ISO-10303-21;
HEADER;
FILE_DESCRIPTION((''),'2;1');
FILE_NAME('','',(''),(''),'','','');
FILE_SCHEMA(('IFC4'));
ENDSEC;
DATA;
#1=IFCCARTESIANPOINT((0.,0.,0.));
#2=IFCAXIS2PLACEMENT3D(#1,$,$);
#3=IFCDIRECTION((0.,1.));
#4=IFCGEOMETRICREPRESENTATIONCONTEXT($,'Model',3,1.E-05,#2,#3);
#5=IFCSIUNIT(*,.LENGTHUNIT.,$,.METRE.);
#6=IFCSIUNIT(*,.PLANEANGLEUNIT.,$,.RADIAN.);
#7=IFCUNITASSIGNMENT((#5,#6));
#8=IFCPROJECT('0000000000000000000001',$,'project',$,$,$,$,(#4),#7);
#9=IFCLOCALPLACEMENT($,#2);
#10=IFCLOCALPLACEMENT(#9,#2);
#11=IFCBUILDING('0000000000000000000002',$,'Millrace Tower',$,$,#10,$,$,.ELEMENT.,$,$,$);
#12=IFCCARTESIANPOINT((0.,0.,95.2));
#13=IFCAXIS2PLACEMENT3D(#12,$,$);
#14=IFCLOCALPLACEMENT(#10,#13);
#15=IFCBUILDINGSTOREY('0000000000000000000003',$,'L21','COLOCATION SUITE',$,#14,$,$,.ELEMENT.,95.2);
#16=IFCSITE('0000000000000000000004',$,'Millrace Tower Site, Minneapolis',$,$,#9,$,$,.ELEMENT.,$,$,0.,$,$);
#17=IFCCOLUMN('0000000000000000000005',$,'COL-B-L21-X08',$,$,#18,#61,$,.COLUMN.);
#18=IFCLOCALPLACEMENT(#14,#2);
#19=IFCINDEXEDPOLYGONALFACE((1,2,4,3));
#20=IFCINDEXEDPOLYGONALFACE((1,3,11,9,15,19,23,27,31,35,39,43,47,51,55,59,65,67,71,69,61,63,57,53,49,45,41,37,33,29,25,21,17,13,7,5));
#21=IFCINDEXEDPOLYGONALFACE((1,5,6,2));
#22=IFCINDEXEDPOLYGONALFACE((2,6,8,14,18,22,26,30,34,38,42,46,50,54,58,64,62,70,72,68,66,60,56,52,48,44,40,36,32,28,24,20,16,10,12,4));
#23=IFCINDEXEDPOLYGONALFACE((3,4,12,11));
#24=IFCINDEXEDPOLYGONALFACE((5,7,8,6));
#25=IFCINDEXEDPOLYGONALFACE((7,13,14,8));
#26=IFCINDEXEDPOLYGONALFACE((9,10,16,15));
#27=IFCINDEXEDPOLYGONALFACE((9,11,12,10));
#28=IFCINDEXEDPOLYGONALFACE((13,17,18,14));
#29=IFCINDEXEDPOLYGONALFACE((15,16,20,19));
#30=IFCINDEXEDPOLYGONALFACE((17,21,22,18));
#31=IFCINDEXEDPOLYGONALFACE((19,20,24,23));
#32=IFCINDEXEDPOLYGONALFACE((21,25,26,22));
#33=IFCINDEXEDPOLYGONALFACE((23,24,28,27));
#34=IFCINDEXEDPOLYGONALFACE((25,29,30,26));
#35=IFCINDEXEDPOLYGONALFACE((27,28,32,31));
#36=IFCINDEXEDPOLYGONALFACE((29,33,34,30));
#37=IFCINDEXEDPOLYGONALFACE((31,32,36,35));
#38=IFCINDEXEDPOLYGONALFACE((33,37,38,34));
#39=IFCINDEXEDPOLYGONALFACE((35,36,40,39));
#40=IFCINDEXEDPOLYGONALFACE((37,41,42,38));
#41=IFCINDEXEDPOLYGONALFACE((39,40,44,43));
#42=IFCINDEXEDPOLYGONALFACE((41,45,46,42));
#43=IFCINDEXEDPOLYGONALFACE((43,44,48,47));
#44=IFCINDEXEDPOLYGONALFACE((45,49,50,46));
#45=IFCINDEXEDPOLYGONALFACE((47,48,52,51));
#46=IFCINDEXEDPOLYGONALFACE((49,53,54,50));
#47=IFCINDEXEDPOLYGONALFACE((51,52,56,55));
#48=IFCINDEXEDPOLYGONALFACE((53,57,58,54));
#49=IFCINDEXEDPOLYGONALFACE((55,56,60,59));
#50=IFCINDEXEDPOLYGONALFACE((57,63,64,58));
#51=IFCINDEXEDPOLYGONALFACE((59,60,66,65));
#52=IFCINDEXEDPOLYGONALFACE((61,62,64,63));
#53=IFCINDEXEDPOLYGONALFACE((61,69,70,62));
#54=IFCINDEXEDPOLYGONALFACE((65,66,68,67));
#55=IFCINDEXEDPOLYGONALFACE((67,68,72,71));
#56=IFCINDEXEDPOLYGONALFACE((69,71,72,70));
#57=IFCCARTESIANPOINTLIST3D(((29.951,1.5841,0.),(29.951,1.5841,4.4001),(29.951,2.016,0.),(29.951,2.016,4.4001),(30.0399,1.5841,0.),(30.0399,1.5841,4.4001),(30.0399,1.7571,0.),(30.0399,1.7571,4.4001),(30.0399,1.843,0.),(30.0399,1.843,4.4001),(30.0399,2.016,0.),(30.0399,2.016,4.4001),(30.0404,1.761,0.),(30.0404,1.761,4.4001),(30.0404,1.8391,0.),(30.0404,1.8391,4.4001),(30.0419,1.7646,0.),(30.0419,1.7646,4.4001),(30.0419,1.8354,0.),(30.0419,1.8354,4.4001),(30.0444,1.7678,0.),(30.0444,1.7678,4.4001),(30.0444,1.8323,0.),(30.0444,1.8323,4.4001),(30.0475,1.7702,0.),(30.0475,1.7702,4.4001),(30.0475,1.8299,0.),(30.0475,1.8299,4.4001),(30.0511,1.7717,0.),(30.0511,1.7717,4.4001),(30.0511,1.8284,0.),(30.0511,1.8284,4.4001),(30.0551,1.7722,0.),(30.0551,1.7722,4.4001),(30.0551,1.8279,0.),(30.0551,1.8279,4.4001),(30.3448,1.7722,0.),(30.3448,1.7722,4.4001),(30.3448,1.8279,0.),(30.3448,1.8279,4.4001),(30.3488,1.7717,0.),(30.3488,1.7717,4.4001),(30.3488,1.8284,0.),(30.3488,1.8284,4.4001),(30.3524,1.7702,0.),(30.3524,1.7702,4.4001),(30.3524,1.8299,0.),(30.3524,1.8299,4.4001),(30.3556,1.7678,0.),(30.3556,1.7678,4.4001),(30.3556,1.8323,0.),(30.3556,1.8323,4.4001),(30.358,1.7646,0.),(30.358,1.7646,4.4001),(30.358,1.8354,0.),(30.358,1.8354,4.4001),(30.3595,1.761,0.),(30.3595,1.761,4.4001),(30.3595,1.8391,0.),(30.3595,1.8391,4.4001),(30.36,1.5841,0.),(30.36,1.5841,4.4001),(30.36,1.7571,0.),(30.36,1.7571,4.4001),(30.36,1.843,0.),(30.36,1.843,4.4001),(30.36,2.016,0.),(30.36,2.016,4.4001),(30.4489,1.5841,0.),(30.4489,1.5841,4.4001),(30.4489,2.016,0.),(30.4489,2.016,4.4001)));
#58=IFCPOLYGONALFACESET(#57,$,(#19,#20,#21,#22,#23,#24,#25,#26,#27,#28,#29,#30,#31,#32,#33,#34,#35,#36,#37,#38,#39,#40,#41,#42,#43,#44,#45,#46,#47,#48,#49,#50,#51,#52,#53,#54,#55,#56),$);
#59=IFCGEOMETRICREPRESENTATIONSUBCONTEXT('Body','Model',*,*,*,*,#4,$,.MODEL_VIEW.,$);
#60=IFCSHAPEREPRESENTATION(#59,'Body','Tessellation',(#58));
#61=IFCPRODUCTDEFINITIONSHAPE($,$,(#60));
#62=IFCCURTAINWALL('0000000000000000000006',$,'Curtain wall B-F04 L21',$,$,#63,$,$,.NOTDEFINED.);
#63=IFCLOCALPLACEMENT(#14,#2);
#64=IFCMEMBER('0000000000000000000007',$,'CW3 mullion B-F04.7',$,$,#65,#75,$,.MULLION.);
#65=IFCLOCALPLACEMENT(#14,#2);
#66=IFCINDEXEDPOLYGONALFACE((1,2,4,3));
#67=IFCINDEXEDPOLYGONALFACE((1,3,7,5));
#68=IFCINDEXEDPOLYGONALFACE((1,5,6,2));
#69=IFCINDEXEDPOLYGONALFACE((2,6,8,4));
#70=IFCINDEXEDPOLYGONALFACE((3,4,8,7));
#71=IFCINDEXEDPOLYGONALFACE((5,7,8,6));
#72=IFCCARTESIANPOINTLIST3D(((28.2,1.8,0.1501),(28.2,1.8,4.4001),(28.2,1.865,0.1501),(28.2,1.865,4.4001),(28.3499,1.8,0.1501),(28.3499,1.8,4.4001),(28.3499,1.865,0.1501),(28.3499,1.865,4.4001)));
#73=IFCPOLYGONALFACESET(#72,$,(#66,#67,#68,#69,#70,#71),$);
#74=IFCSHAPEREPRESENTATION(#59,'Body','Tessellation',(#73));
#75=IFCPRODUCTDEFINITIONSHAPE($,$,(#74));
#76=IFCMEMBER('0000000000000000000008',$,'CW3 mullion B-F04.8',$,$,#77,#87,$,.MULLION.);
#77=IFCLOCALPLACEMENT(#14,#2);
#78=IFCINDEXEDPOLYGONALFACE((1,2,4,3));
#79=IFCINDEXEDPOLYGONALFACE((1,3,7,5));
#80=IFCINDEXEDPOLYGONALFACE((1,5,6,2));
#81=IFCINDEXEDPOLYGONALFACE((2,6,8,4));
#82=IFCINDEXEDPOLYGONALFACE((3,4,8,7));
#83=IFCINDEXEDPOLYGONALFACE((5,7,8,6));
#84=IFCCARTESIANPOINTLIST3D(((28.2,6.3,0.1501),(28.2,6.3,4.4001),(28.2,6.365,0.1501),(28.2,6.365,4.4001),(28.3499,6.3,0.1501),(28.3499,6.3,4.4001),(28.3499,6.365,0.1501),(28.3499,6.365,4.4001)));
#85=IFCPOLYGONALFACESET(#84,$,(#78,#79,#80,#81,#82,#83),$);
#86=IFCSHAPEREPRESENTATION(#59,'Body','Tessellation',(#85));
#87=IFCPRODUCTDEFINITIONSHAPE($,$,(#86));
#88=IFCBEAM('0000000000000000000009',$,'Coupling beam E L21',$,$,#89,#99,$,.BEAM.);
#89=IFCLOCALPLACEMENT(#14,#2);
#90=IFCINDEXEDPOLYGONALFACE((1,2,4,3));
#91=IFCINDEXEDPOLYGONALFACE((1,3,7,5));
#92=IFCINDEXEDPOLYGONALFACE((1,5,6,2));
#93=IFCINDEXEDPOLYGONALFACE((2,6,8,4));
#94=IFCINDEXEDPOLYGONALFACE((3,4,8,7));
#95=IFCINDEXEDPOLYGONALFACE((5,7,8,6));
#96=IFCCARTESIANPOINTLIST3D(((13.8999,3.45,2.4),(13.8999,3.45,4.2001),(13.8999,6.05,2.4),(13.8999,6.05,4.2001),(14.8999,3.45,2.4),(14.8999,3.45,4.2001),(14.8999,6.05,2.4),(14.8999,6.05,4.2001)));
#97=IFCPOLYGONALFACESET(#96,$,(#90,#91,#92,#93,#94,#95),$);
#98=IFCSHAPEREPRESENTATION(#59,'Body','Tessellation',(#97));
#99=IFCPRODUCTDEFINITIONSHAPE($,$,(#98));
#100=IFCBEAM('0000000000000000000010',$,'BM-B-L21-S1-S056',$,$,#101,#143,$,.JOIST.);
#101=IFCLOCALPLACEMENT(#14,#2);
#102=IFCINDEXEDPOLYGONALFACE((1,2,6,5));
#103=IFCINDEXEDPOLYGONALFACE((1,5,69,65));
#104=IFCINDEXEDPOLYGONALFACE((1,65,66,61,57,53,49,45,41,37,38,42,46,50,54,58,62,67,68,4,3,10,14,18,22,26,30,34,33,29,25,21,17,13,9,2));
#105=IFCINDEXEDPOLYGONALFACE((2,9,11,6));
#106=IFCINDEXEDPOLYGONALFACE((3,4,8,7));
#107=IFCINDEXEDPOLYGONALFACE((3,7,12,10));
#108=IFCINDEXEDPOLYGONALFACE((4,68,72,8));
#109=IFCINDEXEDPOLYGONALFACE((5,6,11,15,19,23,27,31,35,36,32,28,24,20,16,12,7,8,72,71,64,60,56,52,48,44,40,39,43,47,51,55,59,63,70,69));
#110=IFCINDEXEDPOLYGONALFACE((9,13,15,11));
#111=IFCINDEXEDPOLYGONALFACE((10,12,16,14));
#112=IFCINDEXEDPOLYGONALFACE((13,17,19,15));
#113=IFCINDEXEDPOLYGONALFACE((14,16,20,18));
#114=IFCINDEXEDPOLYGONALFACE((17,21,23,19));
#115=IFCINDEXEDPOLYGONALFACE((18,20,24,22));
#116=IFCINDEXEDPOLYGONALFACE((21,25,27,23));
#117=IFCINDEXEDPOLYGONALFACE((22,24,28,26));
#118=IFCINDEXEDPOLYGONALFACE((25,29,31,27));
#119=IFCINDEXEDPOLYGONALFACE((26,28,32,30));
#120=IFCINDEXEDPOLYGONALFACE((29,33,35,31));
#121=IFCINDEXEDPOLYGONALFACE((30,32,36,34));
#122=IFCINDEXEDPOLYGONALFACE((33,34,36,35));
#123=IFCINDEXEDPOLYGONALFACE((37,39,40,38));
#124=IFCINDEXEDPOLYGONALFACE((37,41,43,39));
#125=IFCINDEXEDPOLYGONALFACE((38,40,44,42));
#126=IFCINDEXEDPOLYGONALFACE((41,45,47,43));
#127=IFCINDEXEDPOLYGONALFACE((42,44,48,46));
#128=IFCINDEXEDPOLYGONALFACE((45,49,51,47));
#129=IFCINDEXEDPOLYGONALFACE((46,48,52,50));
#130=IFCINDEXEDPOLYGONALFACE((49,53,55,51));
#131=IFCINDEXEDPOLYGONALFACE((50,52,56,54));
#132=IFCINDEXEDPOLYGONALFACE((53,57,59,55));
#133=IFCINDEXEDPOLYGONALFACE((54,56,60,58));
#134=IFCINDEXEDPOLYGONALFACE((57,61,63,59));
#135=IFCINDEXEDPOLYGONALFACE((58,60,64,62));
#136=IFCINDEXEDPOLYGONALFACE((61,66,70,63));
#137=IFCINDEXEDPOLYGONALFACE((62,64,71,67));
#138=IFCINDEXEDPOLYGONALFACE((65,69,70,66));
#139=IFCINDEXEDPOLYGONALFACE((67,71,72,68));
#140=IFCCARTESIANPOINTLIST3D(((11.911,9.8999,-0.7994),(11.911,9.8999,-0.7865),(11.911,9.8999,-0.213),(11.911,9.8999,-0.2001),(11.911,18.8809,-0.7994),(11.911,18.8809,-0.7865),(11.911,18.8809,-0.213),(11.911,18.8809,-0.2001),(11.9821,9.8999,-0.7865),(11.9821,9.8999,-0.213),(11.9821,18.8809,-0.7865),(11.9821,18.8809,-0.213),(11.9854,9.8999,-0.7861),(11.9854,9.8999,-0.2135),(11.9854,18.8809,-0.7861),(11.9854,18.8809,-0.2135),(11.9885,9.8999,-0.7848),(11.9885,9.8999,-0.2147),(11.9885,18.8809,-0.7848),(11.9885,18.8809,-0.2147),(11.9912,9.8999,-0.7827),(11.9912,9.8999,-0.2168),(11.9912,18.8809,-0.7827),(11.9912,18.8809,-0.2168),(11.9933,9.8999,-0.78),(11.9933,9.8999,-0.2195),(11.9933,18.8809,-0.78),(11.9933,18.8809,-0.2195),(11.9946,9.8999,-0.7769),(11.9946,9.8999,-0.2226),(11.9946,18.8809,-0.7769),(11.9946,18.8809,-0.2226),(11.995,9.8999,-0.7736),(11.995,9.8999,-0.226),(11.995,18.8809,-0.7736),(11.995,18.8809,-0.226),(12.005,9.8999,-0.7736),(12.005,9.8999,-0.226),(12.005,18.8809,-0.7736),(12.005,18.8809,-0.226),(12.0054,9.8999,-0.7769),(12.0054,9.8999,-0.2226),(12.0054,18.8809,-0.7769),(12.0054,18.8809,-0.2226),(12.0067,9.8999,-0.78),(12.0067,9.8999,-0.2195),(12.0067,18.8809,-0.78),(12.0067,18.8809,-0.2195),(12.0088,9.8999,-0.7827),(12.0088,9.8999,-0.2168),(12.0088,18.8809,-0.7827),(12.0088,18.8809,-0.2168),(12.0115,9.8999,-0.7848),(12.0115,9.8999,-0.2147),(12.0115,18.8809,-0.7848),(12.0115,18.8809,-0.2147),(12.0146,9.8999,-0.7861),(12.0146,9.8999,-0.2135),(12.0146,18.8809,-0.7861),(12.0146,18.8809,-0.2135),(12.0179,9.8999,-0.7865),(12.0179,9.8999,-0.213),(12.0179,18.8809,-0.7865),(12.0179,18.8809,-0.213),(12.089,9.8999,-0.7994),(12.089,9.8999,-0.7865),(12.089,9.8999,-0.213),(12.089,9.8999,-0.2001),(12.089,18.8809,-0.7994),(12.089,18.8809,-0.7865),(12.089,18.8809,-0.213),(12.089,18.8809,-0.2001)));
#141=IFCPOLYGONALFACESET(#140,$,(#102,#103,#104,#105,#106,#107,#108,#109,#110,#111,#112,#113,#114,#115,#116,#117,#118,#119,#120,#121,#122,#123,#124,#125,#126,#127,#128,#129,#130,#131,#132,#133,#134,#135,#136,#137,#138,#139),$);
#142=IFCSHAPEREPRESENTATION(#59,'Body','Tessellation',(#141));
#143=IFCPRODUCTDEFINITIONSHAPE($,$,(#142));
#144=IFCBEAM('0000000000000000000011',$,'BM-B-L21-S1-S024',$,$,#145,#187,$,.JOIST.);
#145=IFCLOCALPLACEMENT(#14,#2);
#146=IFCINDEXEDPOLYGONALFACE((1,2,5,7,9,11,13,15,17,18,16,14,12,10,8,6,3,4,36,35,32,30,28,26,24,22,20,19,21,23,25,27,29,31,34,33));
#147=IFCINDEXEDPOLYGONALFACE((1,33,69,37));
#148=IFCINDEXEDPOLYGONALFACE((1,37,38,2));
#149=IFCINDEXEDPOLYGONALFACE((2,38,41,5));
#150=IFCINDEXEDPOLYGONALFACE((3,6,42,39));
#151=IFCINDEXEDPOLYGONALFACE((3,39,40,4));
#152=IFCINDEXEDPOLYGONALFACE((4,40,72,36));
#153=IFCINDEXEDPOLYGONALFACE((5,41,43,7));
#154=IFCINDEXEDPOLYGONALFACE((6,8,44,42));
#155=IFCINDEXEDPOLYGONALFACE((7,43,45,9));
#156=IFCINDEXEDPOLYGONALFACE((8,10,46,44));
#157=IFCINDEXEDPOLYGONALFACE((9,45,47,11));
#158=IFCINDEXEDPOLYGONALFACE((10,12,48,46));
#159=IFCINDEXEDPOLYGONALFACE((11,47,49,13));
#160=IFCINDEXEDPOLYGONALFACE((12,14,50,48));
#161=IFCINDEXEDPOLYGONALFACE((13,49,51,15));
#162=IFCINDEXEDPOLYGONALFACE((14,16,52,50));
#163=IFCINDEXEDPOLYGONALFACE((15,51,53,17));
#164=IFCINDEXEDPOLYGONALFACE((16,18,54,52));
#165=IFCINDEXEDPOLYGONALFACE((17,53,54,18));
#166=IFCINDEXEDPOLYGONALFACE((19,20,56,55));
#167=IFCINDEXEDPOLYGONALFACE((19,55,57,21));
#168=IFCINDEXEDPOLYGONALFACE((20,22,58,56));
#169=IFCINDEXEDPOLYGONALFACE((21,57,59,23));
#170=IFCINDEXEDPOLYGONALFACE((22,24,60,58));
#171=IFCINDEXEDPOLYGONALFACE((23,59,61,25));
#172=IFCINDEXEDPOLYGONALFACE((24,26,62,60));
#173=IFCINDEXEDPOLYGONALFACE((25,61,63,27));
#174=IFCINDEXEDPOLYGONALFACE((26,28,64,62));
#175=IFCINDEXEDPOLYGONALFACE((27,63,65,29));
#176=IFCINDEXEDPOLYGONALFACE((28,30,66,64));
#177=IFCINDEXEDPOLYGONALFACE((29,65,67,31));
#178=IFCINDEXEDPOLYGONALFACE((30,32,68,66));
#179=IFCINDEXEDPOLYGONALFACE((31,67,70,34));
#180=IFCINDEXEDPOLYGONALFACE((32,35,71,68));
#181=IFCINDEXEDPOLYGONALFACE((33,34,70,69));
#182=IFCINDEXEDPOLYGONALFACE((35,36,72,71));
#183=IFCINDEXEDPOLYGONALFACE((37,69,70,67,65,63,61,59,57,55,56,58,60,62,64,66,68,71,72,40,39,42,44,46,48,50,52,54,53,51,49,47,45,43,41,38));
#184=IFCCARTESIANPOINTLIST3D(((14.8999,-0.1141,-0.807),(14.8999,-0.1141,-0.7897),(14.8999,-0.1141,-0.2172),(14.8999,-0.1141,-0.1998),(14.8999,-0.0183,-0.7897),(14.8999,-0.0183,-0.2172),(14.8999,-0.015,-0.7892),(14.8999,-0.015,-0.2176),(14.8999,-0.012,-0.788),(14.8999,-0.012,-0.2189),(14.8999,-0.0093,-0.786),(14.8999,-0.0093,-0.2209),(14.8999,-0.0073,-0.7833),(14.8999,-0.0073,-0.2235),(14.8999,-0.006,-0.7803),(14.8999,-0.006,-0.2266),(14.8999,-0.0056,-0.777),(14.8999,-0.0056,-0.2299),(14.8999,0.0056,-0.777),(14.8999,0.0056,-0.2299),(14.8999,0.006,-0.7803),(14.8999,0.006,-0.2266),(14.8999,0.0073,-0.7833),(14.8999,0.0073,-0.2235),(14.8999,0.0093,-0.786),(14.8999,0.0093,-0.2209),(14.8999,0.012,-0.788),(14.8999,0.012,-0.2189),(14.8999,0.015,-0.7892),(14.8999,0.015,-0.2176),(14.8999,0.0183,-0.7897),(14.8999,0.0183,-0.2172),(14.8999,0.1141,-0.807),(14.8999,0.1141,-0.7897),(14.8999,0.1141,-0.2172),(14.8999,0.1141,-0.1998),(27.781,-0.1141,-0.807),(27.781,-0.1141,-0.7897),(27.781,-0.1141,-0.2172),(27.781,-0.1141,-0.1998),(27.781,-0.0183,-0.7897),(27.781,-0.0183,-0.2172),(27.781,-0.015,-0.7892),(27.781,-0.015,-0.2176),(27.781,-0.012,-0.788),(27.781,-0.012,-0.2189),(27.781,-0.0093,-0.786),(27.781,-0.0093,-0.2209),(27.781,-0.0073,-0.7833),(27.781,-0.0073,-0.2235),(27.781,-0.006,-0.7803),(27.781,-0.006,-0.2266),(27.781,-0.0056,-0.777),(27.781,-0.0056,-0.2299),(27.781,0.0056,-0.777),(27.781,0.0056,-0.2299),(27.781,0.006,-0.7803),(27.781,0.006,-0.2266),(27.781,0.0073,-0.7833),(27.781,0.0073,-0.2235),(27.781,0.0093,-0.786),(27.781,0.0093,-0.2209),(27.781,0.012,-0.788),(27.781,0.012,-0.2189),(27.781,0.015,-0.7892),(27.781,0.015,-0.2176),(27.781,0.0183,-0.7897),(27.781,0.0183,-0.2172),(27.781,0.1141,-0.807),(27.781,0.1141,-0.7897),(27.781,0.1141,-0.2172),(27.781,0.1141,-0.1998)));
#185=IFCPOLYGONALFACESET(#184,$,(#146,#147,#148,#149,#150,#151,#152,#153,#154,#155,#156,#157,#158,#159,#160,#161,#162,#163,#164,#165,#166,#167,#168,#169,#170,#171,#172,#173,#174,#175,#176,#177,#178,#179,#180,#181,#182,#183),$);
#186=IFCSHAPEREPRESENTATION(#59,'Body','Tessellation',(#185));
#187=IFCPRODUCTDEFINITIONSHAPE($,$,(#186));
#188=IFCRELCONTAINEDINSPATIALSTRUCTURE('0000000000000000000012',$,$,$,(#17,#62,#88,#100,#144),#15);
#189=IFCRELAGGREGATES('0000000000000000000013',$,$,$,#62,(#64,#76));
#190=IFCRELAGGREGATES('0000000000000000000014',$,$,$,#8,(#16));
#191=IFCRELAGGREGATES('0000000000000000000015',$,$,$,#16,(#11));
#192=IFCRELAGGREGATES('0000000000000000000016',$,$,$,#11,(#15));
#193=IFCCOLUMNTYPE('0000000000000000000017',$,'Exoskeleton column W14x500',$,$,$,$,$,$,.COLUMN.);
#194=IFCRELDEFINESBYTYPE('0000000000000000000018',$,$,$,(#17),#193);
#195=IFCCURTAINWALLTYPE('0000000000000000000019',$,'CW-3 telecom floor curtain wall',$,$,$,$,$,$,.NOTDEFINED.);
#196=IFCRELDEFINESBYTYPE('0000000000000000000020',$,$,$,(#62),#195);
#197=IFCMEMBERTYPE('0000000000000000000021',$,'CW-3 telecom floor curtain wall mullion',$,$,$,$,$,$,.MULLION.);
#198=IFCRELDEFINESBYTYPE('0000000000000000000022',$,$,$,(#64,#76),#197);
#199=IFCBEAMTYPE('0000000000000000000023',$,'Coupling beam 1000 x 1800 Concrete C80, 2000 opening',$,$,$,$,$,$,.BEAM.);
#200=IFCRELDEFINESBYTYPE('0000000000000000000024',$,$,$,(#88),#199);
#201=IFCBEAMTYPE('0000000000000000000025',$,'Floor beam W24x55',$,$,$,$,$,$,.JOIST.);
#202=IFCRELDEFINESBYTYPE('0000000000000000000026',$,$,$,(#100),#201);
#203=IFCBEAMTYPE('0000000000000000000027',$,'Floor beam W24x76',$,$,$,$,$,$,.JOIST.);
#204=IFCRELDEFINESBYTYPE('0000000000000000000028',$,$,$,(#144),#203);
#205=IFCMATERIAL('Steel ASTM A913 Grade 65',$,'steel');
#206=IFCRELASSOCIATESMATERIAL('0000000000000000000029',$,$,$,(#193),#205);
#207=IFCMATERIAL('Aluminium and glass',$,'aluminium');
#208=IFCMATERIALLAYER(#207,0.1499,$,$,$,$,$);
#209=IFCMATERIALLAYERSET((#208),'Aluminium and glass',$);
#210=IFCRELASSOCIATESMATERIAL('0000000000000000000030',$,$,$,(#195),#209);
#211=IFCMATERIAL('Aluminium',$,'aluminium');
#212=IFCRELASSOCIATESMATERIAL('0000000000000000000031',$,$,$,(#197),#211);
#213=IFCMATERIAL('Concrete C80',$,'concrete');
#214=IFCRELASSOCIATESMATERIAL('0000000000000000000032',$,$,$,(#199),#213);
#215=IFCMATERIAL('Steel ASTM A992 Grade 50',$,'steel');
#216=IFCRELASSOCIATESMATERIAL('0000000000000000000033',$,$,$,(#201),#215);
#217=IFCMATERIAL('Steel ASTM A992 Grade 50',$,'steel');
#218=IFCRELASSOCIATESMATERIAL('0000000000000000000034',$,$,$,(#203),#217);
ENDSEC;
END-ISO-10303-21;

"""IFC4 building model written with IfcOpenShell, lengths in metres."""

from ifc_helpers import new_model, si_unit, direction, frame, origin, origin_2d, place, context, subcontext, project, spatial, rectangle, i_section, extrude, material, layer, layer_set, material_profile, profile_set, type_object, element, aggregate, save


model = new_model("IFC4")

# Units and contexts
model_context = context("Model", 3, precision=1e-05, world=origin(), true_north=direction((0.0, 1.0)))
body_context = subcontext(model_context, "Body", "Model", "MODEL_VIEW")
ifc_project = project(units=[si_unit("LENGTHUNIT", "METRE"), si_unit("PLANEANGLEUNIT", "RADIAN")], contexts=[model_context])

# Site, building, storey
site_placement = place(None, origin())
site = spatial("IfcSite", under=ifc_project, at=site_placement, Name="Millrace Tower Site, Minneapolis", CompositionType="ELEMENT", RefElevation=0.0)
building_placement = place(site_placement, origin())
building = spatial("IfcBuilding", under=site, at=building_placement, Name="Millrace Tower", CompositionType="ELEMENT")
storey_placement = place(building_placement, frame((0.0, 0.0, 95.2)))
storey = spatial("IfcBuildingStorey", under=building, at=storey_placement, Name="L21", Description="COLOCATION SUITE", CompositionType="ELEMENT", Elevation=95.2)

# Column
ifc_material_1 = material(Name="Steel ASTM A913 Grade 65", Category="steel")
ifc_material_profile_1 = material_profile(ifc_material_1, i_section(OverallWidth=0.4319, OverallDepth=0.4978, WebThickness=0.0557, FlangeThickness=0.0889, FilletRadius=0.0151, at=origin_2d()))
ifc_profile_set_1 = profile_set([ifc_material_profile_1], Name="Steel ASTM A913 Grade 65")
column_type = type_object("IfcColumnType", Name="Exoskeleton column W14x500", PredefinedType="COLUMN", material=ifc_profile_set_1)
column_placement = place(storey_placement, frame((30.2, 1.8, 0.0), z_axis=(0.0, 0.0, 1.0), x_axis=(0.0, 1.0, 0.0)))
element("IfcColumn", 1, at=column_placement, inside=storey, type_object=column_type, Name="COL-B-L21-X08", PredefinedType="COLUMN", context=body_context, shape_type="SweptSolid", body=[
    extrude(i_section(OverallWidth=0.4319, OverallDepth=0.4978, WebThickness=0.0557, FlangeThickness=0.0889, FilletRadius=0.0151, at=origin_2d()), origin(), (0.0, 0.0, 1.0), 4.4001),
])

# Curtain wall, members
ifc_material_2 = material(Name="Aluminium and glass", Category="aluminium")
ifc_layer_1 = layer(ifc_material_2, 0.1499)
ifc_layer_set_1 = layer_set([ifc_layer_1], Name="Aluminium and glass")
curtain_wall_type = type_object("IfcCurtainWallType", Name="CW-3 telecom floor curtain wall", PredefinedType="NOTDEFINED", material=ifc_layer_set_1)
curtain_wall_placement = place(storey_placement, origin())
curtain_wall = element("IfcCurtainWall", 2, at=curtain_wall_placement, inside=storey, type_object=curtain_wall_type, Name="Curtain wall B-F04 L21", PredefinedType="NOTDEFINED")
ifc_material_3 = material(Name="Aluminium", Category="aluminium")
ifc_material_profile_2 = material_profile(ifc_material_3, rectangle(XDim=0.0649, YDim=0.1499, at=origin_2d()))
ifc_profile_set_2 = profile_set([ifc_material_profile_2], Name="Aluminium")
member_type = type_object("IfcMemberType", Name="CW-3 telecom floor curtain wall mullion", PredefinedType="MULLION", material=ifc_profile_set_2)
member_1_placement = place(storey_placement, frame((28.2749, 1.8325, 0.1501), z_axis=(0.0, 0.0, 1.0), x_axis=(0.0, 1.0, 0.0)))
member_1 = element("IfcMember", 3, at=member_1_placement, type_object=member_type, Name="CW3 mullion B-F04.7", PredefinedType="MULLION", context=body_context, shape_type="SweptSolid", body=[
    extrude(rectangle(XDim=0.0649, YDim=0.1499, at=origin_2d()), origin(), (0.0, 0.0, 1.0), 4.25),
])
member_2_placement = place(storey_placement, frame((28.2749, 6.3325, 0.1501), z_axis=(0.0, 0.0, 1.0), x_axis=(0.0, 1.0, 0.0)))
member_2 = element("IfcMember", 4, at=member_2_placement, type_object=member_type, Name="CW3 mullion B-F04.8", PredefinedType="MULLION", context=body_context, shape_type="SweptSolid", body=[
    extrude(rectangle(XDim=0.0649, YDim=0.1499, at=origin_2d()), origin(), (0.0, 0.0, 1.0), 4.25),
])
aggregate(curtain_wall, [member_1, member_2])

# Beams
ifc_material_4 = material(Name="Concrete C80", Category="concrete")
ifc_material_profile_3 = material_profile(ifc_material_4, rectangle(XDim=1.0, YDim=1.8, at=origin_2d()))
ifc_profile_set_3 = profile_set([ifc_material_profile_3], Name="Concrete C80")
beam_type_1 = type_object("IfcBeamType", Name="Coupling beam 1000 x 1800 Concrete C80, 2000 opening", PredefinedType="BEAM", material=ifc_profile_set_3)
beam_1_placement = place(storey_placement, frame((14.3999, 6.05, 3.3), z_axis=(0.0, -1.0, 0.0), x_axis=(1.0, 0.0, 0.0)))
element("IfcBeam", 5, at=beam_1_placement, inside=storey, type_object=beam_type_1, Name="Coupling beam E L21", PredefinedType="BEAM", context=body_context, shape_type="SweptSolid", body=[
    extrude(rectangle(XDim=1.0, YDim=1.8, at=origin_2d()), origin(), (0.0, 0.0, 1.0), 2.6001),
])
ifc_material_5 = material(Name="Steel ASTM A992 Grade 50", Category="steel")
ifc_material_profile_4 = material_profile(ifc_material_5, i_section(OverallWidth=0.178, OverallDepth=0.5994, WebThickness=0.01, FlangeThickness=0.0129, FilletRadius=0.0129, at=origin_2d()))
ifc_profile_set_4 = profile_set([ifc_material_profile_4], Name="Steel ASTM A992 Grade 50")
beam_type_2 = type_object("IfcBeamType", Name="Floor beam W24x55", PredefinedType="JOIST", material=ifc_profile_set_4)
beam_2_placement = place(storey_placement, frame((12.0, 9.8999, -0.4998), z_axis=(0.0, 1.0, 0.0), x_axis=(-1.0, 0.0, 0.0)))
element("IfcBeam", 6, at=beam_2_placement, inside=storey, type_object=beam_type_2, Name="BM-B-L21-S1-S056", PredefinedType="JOIST", context=body_context, shape_type="SweptSolid", body=[
    extrude(i_section(OverallWidth=0.178, OverallDepth=0.5994, WebThickness=0.01, FlangeThickness=0.0129, FilletRadius=0.0129, at=origin_2d()), origin(), (0.0, 0.0, 1.0), 8.981),
])
ifc_material_6 = material(Name="Steel ASTM A992 Grade 50", Category="steel")
ifc_material_profile_5 = material_profile(ifc_material_6, i_section(OverallWidth=0.2283, OverallDepth=0.6072, WebThickness=0.0112, FlangeThickness=0.0173, FilletRadius=0.0127, at=origin_2d()))
ifc_profile_set_5 = profile_set([ifc_material_profile_5], Name="Steel ASTM A992 Grade 50")
beam_type_3 = type_object("IfcBeamType", Name="Floor beam W24x76", PredefinedType="JOIST", material=ifc_profile_set_5)
for number, where, z_axis, x_axis, name in (
    (7, (14.8999, 0.0, -0.5034), (1.0, 0.0, 0.0), (0.0, 1.0, 0.0), "BM-B-L21-S1-S024"),
):
    element("IfcBeam", number, at=place(storey_placement, frame(where, z_axis=z_axis, x_axis=x_axis)), inside=storey, type_object=beam_type_3, Name=name, PredefinedType="JOIST", context=body_context, shape_type="SweptSolid", body=[
        extrude(i_section(OverallWidth=0.2283, OverallDepth=0.6072, WebThickness=0.0112, FlangeThickness=0.0173, FilletRadius=0.0127, at=origin_2d()), origin(), (0.0, 0.0, 1.0), 12.8811),
    ])

save(model, "model.ifc")
